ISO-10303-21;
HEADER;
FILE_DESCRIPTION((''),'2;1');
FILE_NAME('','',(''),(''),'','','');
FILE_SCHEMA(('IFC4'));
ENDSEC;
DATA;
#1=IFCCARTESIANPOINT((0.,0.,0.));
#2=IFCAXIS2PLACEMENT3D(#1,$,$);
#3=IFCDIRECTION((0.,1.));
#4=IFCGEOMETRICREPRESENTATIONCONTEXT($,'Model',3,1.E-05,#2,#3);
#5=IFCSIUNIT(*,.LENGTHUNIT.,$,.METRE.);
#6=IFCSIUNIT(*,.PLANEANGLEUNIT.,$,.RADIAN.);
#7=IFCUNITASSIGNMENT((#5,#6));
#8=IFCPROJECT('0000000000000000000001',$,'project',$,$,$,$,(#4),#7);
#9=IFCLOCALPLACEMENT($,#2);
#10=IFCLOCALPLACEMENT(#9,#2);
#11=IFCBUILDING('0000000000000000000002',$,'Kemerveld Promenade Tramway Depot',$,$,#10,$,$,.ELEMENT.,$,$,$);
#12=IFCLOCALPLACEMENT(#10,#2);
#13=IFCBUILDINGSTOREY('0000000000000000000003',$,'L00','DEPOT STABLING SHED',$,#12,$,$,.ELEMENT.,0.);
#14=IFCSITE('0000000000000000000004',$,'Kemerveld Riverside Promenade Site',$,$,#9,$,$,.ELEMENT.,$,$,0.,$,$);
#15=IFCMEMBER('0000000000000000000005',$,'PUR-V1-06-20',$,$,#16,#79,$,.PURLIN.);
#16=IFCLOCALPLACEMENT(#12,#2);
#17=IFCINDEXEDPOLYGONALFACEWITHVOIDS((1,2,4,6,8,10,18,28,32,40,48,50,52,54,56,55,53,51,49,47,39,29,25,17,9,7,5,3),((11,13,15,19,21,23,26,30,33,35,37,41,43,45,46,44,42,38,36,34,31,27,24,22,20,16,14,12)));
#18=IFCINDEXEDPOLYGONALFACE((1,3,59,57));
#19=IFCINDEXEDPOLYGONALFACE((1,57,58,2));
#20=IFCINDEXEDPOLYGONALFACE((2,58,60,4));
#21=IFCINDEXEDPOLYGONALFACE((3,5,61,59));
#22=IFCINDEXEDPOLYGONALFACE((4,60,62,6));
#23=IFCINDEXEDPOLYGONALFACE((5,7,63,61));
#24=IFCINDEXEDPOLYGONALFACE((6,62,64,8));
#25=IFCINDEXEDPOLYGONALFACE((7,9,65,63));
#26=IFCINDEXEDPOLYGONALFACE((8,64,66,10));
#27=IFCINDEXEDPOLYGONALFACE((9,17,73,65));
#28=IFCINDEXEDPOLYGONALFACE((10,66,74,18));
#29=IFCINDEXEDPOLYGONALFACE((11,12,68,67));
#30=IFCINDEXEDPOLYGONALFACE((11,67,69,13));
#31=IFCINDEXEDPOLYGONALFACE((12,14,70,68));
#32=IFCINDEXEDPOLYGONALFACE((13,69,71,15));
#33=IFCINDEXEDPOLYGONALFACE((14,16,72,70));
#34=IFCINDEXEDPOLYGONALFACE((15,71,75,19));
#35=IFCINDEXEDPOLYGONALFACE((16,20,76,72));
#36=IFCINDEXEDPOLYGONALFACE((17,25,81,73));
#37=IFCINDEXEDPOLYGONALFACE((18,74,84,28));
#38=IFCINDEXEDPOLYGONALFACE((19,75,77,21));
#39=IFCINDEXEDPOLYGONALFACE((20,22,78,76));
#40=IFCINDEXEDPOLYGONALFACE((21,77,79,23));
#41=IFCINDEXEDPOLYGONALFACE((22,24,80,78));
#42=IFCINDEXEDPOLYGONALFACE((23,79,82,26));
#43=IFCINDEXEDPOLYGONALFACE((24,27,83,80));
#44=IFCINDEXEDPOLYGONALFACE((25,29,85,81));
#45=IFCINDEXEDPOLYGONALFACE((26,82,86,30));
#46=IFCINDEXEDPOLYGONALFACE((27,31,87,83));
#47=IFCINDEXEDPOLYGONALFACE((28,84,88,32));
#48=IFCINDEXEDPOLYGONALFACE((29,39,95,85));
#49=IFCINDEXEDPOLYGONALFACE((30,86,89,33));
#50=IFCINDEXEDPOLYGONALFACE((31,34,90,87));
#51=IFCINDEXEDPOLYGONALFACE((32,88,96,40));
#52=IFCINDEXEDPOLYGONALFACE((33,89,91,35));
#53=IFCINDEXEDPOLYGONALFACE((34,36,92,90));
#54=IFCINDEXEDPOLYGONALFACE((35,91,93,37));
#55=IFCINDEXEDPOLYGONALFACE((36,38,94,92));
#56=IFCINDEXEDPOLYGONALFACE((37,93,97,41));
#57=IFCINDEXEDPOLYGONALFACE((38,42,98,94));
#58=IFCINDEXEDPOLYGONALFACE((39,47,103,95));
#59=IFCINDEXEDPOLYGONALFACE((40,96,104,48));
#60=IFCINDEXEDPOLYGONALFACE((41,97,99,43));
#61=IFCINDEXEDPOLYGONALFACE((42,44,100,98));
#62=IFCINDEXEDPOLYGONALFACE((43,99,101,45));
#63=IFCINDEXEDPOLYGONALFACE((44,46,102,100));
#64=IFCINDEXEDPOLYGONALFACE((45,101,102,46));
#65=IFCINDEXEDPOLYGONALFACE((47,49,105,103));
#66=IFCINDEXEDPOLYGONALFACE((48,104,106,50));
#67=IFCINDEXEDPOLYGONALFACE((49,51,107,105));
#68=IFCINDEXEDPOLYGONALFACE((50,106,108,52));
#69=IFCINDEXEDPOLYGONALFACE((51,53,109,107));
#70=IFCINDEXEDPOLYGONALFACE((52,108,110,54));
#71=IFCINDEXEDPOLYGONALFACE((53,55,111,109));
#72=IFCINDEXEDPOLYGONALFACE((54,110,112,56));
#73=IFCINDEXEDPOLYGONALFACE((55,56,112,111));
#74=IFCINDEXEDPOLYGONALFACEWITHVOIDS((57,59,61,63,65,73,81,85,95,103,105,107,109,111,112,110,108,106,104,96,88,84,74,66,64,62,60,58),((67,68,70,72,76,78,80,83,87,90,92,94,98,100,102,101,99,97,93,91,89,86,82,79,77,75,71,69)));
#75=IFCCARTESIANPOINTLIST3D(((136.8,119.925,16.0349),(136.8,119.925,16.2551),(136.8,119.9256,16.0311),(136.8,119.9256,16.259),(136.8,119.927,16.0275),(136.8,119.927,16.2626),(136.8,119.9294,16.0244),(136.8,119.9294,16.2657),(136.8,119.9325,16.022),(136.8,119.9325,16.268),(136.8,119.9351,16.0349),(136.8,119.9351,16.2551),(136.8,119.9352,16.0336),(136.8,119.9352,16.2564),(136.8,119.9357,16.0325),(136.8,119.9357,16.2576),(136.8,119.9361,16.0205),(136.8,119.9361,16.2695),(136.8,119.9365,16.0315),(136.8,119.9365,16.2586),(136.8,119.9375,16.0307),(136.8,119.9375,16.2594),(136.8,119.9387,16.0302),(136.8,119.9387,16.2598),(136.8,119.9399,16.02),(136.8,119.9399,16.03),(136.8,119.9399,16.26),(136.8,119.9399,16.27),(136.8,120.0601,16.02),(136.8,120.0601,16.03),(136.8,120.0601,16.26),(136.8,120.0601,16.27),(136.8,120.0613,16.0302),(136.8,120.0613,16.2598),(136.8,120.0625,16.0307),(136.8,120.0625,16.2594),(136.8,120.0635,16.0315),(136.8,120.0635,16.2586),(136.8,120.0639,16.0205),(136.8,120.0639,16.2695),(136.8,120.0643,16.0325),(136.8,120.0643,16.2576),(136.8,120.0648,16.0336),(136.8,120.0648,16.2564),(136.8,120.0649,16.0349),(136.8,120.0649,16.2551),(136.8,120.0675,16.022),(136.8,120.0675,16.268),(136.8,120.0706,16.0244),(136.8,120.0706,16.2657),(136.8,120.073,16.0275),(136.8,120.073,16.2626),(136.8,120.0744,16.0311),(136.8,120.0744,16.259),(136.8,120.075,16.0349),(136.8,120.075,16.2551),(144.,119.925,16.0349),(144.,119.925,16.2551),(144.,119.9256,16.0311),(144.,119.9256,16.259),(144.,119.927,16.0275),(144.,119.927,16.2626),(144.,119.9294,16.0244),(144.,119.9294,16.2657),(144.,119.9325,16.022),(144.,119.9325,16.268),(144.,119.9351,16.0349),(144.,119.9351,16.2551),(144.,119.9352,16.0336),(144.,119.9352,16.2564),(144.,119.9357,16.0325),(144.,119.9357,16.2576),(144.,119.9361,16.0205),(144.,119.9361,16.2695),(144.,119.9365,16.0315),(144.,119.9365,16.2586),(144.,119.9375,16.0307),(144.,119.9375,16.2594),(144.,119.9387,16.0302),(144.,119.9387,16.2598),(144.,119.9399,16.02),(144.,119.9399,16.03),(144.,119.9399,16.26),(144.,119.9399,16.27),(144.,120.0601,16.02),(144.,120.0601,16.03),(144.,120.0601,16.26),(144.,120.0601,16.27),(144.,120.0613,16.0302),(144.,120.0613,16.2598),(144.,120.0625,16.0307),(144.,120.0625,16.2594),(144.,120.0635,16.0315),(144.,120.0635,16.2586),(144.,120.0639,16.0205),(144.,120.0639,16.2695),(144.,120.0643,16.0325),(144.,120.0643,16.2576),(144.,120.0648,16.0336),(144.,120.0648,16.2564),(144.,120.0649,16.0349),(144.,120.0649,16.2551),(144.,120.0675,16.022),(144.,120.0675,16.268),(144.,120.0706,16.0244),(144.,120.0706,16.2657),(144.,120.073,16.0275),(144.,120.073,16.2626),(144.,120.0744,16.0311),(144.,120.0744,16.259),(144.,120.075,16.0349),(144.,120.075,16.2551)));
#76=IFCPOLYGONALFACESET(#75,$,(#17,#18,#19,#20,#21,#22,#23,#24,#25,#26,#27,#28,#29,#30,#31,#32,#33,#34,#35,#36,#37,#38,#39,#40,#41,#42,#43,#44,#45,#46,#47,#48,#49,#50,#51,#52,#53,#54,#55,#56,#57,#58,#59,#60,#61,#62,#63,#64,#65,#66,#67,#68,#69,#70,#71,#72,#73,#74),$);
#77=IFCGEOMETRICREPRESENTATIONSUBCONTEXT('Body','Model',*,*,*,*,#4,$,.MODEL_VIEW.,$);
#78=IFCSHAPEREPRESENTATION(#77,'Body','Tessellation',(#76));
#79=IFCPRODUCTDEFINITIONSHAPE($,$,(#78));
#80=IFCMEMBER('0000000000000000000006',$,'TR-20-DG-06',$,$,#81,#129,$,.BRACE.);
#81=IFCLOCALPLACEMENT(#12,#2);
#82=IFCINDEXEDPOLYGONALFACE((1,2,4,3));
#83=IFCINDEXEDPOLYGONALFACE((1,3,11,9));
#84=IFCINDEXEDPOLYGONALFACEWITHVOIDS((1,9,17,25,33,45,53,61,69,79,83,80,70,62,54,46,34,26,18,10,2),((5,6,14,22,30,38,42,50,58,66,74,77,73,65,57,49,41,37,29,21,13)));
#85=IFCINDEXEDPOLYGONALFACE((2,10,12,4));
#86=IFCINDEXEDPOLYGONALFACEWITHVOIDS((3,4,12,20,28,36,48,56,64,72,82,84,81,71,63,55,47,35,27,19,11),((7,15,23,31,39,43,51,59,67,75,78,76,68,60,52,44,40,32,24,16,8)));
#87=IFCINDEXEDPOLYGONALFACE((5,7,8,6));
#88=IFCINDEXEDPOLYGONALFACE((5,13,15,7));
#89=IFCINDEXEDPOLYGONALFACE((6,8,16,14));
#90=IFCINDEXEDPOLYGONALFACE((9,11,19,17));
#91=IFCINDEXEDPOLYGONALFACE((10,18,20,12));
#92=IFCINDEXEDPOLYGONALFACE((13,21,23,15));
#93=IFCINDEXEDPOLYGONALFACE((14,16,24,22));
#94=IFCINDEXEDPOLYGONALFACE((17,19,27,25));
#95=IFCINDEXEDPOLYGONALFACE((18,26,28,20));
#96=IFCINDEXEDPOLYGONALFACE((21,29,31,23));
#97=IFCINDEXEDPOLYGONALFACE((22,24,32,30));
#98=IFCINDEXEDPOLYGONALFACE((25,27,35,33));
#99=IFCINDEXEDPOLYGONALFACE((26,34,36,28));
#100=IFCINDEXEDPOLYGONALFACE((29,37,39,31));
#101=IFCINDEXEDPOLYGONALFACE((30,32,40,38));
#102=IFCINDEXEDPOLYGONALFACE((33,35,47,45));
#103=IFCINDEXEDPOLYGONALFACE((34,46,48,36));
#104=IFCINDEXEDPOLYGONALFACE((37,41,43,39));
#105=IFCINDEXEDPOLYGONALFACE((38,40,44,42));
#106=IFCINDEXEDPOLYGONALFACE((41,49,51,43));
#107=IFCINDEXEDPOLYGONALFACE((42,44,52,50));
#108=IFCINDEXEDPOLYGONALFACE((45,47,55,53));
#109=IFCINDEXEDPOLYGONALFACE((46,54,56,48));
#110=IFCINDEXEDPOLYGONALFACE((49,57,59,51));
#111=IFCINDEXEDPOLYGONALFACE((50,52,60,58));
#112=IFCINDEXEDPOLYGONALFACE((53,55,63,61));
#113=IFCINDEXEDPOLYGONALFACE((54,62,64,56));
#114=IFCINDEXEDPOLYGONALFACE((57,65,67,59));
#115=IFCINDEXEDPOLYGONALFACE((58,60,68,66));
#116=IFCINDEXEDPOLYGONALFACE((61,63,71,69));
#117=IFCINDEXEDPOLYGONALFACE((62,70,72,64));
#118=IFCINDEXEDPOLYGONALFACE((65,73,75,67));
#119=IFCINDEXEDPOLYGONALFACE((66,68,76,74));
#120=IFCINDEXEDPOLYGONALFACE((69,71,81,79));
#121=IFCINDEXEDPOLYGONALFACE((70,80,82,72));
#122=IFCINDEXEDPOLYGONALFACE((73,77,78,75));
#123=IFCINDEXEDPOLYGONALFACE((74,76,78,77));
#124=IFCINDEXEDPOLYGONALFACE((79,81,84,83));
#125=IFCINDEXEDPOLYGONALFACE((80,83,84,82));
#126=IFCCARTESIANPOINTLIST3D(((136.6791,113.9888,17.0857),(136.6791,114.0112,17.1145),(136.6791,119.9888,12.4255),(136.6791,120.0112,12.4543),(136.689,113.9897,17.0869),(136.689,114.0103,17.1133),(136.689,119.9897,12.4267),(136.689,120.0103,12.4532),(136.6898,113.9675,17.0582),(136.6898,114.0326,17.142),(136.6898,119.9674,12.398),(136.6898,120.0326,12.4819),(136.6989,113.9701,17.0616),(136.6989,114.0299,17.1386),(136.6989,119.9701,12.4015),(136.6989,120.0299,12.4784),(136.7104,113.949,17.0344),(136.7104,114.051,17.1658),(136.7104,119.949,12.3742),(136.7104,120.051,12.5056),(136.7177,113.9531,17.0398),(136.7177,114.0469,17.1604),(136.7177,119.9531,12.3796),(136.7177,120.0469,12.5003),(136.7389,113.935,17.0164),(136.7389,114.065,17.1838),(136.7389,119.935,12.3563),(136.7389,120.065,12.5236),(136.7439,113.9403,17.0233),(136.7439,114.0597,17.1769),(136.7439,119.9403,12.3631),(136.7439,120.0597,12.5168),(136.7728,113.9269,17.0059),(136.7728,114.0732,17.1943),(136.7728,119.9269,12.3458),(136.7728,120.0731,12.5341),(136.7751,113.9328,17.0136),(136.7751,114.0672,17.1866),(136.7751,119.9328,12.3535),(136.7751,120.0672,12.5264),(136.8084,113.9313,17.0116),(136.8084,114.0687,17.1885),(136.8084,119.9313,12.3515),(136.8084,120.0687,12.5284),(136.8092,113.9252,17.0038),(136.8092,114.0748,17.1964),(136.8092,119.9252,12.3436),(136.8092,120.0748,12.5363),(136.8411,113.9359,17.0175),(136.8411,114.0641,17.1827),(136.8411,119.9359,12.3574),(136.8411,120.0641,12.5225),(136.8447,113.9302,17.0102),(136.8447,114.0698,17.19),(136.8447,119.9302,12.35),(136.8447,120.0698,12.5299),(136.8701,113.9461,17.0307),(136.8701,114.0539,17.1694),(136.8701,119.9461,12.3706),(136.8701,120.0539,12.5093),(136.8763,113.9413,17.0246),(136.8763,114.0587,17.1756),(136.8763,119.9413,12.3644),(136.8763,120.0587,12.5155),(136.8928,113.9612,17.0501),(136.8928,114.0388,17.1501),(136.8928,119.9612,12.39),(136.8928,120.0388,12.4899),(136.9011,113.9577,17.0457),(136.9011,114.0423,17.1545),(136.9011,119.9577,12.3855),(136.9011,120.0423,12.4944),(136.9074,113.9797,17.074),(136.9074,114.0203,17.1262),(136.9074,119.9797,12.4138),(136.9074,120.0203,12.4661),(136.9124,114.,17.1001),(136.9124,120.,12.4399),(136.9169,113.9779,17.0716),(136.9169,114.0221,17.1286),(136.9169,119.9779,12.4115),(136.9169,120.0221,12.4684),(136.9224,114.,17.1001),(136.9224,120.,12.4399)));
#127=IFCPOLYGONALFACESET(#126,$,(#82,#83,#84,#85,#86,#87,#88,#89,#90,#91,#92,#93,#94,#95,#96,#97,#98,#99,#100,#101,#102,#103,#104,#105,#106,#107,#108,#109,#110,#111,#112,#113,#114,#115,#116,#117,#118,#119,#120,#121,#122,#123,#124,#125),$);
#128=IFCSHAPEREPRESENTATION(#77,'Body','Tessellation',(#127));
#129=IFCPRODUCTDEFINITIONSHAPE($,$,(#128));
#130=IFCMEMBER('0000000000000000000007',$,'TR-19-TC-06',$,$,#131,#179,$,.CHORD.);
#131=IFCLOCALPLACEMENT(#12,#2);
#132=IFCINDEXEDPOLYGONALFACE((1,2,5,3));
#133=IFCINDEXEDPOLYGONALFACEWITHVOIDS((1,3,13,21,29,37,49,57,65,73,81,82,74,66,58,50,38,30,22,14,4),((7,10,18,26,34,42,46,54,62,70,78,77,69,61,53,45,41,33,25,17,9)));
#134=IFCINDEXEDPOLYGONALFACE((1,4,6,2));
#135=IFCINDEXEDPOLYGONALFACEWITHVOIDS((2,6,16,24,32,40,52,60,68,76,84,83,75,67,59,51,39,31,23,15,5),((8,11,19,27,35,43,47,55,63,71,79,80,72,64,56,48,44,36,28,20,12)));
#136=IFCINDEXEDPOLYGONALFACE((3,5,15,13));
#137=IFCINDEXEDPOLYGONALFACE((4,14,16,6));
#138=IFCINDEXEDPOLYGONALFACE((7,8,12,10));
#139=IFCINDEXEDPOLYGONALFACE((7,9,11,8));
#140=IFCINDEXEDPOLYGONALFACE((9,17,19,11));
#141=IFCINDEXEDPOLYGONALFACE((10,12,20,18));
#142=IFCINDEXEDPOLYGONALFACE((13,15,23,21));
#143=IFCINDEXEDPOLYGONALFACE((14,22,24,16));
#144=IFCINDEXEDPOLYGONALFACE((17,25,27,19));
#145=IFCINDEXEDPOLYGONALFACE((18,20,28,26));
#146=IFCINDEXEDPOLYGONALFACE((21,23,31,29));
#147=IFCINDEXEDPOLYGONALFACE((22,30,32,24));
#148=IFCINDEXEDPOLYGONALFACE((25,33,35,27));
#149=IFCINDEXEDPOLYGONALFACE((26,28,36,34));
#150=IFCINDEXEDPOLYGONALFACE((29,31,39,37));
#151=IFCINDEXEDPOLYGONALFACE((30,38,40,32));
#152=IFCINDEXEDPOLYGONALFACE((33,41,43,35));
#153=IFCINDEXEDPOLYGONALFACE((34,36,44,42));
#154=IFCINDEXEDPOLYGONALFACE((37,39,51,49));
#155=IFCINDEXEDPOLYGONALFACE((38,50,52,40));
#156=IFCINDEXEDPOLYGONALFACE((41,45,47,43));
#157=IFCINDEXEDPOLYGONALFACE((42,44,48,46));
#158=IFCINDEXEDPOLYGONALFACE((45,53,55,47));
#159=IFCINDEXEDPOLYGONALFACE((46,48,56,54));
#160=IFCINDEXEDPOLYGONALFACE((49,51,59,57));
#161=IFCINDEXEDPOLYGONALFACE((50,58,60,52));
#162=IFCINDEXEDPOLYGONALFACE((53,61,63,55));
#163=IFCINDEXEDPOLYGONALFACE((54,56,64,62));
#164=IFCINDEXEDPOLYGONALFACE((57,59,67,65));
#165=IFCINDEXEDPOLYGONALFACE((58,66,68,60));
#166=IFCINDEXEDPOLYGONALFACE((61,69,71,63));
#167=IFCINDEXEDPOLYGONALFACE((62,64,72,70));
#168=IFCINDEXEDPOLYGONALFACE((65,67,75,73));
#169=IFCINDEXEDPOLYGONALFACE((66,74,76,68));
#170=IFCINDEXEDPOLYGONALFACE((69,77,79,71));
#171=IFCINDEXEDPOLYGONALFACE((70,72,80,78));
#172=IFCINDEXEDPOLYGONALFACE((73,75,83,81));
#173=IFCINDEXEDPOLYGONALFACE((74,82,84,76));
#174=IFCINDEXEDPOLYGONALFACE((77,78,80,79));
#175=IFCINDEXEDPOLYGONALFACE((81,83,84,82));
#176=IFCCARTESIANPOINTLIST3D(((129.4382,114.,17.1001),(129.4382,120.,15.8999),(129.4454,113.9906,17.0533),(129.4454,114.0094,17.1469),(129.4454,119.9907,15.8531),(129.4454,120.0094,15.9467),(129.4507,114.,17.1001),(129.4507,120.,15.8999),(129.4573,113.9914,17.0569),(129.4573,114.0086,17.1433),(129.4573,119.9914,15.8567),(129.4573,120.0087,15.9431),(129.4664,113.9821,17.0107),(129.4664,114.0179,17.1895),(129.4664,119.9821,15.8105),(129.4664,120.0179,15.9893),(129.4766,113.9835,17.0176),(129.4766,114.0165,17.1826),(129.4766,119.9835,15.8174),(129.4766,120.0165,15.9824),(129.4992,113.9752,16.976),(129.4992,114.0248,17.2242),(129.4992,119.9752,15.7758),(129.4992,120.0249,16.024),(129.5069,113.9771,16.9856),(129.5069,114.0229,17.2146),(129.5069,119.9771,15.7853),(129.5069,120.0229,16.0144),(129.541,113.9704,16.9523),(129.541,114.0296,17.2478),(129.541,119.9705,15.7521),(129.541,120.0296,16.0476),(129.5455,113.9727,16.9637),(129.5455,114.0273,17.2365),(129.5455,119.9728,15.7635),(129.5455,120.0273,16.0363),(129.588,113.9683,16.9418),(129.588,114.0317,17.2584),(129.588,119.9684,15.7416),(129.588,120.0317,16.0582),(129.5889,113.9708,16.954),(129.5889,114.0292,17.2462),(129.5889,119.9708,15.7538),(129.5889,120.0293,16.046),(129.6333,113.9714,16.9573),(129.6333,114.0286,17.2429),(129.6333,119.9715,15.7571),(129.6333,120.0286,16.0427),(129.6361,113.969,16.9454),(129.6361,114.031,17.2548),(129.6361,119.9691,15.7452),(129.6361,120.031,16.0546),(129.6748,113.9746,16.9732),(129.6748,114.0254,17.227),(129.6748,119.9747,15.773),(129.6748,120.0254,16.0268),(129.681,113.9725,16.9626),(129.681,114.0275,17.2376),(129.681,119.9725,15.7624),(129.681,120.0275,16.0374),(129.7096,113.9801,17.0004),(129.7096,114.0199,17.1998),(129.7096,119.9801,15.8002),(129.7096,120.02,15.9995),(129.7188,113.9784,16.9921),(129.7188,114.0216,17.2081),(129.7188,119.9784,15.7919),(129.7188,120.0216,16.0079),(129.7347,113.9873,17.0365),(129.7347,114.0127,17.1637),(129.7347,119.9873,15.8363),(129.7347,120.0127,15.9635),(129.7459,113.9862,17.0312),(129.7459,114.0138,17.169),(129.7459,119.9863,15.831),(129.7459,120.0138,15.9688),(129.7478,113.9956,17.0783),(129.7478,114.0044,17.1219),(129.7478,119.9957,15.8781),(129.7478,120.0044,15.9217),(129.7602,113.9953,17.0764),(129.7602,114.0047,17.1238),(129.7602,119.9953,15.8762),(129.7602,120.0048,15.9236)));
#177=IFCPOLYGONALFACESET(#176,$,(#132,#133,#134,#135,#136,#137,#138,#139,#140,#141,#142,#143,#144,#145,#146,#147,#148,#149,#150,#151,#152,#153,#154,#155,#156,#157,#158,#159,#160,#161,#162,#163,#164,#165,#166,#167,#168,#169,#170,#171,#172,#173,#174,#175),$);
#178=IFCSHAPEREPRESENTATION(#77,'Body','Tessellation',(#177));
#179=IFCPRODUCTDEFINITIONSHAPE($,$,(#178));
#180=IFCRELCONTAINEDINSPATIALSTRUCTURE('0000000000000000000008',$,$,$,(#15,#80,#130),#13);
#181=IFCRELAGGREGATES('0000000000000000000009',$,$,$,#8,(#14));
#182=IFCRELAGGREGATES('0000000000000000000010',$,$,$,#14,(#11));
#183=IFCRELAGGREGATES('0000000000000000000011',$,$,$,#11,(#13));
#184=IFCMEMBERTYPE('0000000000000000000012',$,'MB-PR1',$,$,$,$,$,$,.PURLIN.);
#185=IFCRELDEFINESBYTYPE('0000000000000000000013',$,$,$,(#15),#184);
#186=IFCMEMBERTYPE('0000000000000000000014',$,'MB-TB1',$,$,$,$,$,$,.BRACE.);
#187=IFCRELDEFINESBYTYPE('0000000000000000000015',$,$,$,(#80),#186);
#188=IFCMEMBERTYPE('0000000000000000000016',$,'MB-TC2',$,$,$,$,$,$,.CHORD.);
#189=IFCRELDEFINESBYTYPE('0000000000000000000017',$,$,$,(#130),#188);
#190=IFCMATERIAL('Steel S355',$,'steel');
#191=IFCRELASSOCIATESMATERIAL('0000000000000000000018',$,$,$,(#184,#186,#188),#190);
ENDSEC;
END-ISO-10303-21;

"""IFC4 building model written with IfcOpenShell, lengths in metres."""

from ifc_helpers import new_model, si_unit, direction, frame, origin, origin_2d, place, context, subcontext, project, spatial, hollow_rectangle, hollow_circle, extrude, material, material_profile, profile_set, type_object, element, save


model = new_model("IFC4")

# Units and contexts
model_context = context("Model", 3, precision=1e-05, world=origin(), true_north=direction((0.0, 1.0)))
body_context = subcontext(model_context, "Body", "Model", "MODEL_VIEW")
ifc_project = project(units=[si_unit("LENGTHUNIT", "METRE"), si_unit("PLANEANGLEUNIT", "RADIAN")], contexts=[model_context])

# Site, building, storey
site_placement = place(None, origin())
site = spatial("IfcSite", under=ifc_project, at=site_placement, Name="Kemerveld Riverside Promenade Site", CompositionType="ELEMENT", RefElevation=0.0)
building_placement = place(site_placement, origin())
building = spatial("IfcBuilding", under=site, at=building_placement, Name="Kemerveld Promenade Tramway Depot", CompositionType="ELEMENT")
storey_placement = place(building_placement, origin())
storey = spatial("IfcBuildingStorey", under=building, at=storey_placement, Name="L00", Description="DEPOT STABLING SHED", CompositionType="ELEMENT", Elevation=0.0)

# Members
ifc_material_1 = material(Name="Steel S355", Category="steel")
ifc_material_profile_1 = material_profile(ifc_material_1, hollow_rectangle(XDim=0.1499, YDim=0.25, WallThickness=0.01, InnerFilletRadius=0.0049, OuterFilletRadius=0.0149, at=origin_2d()), Name="250x150x10.0 RHS")
ifc_profile_set_1 = profile_set([ifc_material_profile_1], Name="Steel S355")
member_type_1 = type_object("IfcMemberType", Name="MB-PR1", PredefinedType="PURLIN", material=ifc_profile_set_1)
for number, where, z_axis, x_axis, name in (
    (1, (136.8, 120.0, 16.145), (1.0, 0.0, 0.0), (0.0, 1.0, 0.0), "PUR-V1-06-20"),
):
    element("IfcMember", number, at=place(storey_placement, frame(where, z_axis=z_axis, x_axis=x_axis)), inside=storey, type_object=member_type_1, Name=name, PredefinedType="PURLIN", context=body_context, shape_type="SweptSolid", body=[
        extrude(hollow_rectangle(XDim=0.1499, YDim=0.25, WallThickness=0.01, InnerFilletRadius=0.0049, OuterFilletRadius=0.0149, at=origin_2d()), origin(), (0.0, 0.0, 1.0), 7.2),
    ])
ifc_material_profile_2 = material_profile(ifc_material_1, hollow_circle(Radius=0.1223, WallThickness=0.01, at=origin_2d()), Name="244.5x10.0 CHS")
ifc_profile_set_2 = profile_set([ifc_material_profile_2], Name="Steel S355")
member_type_2 = type_object("IfcMemberType", Name="MB-TB1", PredefinedType="BRACE", material=ifc_profile_set_2)
member_1_placement = place(storey_placement, frame((136.8, 120.0, 12.4399), z_axis=(0.0, -0.789767, 0.613407), x_axis=(1.0, 0.0, 0.0)))
element("IfcMember", 2, at=member_1_placement, inside=storey, type_object=member_type_2, Name="TR-20-DG-06", PredefinedType="BRACE", context=body_context, shape_type="SweptSolid", body=[
    extrude(hollow_circle(Radius=0.1223, WallThickness=0.01, at=origin_2d()), origin(), (0.0, 0.0, 1.0), 7.5972),
])
ifc_material_profile_3 = material_profile(ifc_material_1, hollow_circle(Radius=0.1619, WallThickness=0.0125, at=origin_2d()), Name="323.9x12.5 CHS")
ifc_profile_set_3 = profile_set([ifc_material_profile_3], Name="Steel S355")
member_type_3 = type_object("IfcMemberType", Name="MB-TC2", PredefinedType="CHORD", material=ifc_profile_set_3)
for number, where, z_axis, x_axis, name in (
    (3, (129.6001, 114.0, 17.1001), (0.0, 0.980575, -0.196147), (-1.0, 0.0, 0.0), "TR-19-TC-06"),
):
    element("IfcMember", number, at=place(storey_placement, frame(where, z_axis=z_axis, x_axis=x_axis)), inside=storey, type_object=member_type_3, Name=name, PredefinedType="CHORD", context=body_context, shape_type="SweptSolid", body=[
        extrude(hollow_circle(Radius=0.1619, WallThickness=0.0125, at=origin_2d()), origin(), (0.0, 0.0, 1.0), 6.1189),
    ])

save(model, "model.ifc")
